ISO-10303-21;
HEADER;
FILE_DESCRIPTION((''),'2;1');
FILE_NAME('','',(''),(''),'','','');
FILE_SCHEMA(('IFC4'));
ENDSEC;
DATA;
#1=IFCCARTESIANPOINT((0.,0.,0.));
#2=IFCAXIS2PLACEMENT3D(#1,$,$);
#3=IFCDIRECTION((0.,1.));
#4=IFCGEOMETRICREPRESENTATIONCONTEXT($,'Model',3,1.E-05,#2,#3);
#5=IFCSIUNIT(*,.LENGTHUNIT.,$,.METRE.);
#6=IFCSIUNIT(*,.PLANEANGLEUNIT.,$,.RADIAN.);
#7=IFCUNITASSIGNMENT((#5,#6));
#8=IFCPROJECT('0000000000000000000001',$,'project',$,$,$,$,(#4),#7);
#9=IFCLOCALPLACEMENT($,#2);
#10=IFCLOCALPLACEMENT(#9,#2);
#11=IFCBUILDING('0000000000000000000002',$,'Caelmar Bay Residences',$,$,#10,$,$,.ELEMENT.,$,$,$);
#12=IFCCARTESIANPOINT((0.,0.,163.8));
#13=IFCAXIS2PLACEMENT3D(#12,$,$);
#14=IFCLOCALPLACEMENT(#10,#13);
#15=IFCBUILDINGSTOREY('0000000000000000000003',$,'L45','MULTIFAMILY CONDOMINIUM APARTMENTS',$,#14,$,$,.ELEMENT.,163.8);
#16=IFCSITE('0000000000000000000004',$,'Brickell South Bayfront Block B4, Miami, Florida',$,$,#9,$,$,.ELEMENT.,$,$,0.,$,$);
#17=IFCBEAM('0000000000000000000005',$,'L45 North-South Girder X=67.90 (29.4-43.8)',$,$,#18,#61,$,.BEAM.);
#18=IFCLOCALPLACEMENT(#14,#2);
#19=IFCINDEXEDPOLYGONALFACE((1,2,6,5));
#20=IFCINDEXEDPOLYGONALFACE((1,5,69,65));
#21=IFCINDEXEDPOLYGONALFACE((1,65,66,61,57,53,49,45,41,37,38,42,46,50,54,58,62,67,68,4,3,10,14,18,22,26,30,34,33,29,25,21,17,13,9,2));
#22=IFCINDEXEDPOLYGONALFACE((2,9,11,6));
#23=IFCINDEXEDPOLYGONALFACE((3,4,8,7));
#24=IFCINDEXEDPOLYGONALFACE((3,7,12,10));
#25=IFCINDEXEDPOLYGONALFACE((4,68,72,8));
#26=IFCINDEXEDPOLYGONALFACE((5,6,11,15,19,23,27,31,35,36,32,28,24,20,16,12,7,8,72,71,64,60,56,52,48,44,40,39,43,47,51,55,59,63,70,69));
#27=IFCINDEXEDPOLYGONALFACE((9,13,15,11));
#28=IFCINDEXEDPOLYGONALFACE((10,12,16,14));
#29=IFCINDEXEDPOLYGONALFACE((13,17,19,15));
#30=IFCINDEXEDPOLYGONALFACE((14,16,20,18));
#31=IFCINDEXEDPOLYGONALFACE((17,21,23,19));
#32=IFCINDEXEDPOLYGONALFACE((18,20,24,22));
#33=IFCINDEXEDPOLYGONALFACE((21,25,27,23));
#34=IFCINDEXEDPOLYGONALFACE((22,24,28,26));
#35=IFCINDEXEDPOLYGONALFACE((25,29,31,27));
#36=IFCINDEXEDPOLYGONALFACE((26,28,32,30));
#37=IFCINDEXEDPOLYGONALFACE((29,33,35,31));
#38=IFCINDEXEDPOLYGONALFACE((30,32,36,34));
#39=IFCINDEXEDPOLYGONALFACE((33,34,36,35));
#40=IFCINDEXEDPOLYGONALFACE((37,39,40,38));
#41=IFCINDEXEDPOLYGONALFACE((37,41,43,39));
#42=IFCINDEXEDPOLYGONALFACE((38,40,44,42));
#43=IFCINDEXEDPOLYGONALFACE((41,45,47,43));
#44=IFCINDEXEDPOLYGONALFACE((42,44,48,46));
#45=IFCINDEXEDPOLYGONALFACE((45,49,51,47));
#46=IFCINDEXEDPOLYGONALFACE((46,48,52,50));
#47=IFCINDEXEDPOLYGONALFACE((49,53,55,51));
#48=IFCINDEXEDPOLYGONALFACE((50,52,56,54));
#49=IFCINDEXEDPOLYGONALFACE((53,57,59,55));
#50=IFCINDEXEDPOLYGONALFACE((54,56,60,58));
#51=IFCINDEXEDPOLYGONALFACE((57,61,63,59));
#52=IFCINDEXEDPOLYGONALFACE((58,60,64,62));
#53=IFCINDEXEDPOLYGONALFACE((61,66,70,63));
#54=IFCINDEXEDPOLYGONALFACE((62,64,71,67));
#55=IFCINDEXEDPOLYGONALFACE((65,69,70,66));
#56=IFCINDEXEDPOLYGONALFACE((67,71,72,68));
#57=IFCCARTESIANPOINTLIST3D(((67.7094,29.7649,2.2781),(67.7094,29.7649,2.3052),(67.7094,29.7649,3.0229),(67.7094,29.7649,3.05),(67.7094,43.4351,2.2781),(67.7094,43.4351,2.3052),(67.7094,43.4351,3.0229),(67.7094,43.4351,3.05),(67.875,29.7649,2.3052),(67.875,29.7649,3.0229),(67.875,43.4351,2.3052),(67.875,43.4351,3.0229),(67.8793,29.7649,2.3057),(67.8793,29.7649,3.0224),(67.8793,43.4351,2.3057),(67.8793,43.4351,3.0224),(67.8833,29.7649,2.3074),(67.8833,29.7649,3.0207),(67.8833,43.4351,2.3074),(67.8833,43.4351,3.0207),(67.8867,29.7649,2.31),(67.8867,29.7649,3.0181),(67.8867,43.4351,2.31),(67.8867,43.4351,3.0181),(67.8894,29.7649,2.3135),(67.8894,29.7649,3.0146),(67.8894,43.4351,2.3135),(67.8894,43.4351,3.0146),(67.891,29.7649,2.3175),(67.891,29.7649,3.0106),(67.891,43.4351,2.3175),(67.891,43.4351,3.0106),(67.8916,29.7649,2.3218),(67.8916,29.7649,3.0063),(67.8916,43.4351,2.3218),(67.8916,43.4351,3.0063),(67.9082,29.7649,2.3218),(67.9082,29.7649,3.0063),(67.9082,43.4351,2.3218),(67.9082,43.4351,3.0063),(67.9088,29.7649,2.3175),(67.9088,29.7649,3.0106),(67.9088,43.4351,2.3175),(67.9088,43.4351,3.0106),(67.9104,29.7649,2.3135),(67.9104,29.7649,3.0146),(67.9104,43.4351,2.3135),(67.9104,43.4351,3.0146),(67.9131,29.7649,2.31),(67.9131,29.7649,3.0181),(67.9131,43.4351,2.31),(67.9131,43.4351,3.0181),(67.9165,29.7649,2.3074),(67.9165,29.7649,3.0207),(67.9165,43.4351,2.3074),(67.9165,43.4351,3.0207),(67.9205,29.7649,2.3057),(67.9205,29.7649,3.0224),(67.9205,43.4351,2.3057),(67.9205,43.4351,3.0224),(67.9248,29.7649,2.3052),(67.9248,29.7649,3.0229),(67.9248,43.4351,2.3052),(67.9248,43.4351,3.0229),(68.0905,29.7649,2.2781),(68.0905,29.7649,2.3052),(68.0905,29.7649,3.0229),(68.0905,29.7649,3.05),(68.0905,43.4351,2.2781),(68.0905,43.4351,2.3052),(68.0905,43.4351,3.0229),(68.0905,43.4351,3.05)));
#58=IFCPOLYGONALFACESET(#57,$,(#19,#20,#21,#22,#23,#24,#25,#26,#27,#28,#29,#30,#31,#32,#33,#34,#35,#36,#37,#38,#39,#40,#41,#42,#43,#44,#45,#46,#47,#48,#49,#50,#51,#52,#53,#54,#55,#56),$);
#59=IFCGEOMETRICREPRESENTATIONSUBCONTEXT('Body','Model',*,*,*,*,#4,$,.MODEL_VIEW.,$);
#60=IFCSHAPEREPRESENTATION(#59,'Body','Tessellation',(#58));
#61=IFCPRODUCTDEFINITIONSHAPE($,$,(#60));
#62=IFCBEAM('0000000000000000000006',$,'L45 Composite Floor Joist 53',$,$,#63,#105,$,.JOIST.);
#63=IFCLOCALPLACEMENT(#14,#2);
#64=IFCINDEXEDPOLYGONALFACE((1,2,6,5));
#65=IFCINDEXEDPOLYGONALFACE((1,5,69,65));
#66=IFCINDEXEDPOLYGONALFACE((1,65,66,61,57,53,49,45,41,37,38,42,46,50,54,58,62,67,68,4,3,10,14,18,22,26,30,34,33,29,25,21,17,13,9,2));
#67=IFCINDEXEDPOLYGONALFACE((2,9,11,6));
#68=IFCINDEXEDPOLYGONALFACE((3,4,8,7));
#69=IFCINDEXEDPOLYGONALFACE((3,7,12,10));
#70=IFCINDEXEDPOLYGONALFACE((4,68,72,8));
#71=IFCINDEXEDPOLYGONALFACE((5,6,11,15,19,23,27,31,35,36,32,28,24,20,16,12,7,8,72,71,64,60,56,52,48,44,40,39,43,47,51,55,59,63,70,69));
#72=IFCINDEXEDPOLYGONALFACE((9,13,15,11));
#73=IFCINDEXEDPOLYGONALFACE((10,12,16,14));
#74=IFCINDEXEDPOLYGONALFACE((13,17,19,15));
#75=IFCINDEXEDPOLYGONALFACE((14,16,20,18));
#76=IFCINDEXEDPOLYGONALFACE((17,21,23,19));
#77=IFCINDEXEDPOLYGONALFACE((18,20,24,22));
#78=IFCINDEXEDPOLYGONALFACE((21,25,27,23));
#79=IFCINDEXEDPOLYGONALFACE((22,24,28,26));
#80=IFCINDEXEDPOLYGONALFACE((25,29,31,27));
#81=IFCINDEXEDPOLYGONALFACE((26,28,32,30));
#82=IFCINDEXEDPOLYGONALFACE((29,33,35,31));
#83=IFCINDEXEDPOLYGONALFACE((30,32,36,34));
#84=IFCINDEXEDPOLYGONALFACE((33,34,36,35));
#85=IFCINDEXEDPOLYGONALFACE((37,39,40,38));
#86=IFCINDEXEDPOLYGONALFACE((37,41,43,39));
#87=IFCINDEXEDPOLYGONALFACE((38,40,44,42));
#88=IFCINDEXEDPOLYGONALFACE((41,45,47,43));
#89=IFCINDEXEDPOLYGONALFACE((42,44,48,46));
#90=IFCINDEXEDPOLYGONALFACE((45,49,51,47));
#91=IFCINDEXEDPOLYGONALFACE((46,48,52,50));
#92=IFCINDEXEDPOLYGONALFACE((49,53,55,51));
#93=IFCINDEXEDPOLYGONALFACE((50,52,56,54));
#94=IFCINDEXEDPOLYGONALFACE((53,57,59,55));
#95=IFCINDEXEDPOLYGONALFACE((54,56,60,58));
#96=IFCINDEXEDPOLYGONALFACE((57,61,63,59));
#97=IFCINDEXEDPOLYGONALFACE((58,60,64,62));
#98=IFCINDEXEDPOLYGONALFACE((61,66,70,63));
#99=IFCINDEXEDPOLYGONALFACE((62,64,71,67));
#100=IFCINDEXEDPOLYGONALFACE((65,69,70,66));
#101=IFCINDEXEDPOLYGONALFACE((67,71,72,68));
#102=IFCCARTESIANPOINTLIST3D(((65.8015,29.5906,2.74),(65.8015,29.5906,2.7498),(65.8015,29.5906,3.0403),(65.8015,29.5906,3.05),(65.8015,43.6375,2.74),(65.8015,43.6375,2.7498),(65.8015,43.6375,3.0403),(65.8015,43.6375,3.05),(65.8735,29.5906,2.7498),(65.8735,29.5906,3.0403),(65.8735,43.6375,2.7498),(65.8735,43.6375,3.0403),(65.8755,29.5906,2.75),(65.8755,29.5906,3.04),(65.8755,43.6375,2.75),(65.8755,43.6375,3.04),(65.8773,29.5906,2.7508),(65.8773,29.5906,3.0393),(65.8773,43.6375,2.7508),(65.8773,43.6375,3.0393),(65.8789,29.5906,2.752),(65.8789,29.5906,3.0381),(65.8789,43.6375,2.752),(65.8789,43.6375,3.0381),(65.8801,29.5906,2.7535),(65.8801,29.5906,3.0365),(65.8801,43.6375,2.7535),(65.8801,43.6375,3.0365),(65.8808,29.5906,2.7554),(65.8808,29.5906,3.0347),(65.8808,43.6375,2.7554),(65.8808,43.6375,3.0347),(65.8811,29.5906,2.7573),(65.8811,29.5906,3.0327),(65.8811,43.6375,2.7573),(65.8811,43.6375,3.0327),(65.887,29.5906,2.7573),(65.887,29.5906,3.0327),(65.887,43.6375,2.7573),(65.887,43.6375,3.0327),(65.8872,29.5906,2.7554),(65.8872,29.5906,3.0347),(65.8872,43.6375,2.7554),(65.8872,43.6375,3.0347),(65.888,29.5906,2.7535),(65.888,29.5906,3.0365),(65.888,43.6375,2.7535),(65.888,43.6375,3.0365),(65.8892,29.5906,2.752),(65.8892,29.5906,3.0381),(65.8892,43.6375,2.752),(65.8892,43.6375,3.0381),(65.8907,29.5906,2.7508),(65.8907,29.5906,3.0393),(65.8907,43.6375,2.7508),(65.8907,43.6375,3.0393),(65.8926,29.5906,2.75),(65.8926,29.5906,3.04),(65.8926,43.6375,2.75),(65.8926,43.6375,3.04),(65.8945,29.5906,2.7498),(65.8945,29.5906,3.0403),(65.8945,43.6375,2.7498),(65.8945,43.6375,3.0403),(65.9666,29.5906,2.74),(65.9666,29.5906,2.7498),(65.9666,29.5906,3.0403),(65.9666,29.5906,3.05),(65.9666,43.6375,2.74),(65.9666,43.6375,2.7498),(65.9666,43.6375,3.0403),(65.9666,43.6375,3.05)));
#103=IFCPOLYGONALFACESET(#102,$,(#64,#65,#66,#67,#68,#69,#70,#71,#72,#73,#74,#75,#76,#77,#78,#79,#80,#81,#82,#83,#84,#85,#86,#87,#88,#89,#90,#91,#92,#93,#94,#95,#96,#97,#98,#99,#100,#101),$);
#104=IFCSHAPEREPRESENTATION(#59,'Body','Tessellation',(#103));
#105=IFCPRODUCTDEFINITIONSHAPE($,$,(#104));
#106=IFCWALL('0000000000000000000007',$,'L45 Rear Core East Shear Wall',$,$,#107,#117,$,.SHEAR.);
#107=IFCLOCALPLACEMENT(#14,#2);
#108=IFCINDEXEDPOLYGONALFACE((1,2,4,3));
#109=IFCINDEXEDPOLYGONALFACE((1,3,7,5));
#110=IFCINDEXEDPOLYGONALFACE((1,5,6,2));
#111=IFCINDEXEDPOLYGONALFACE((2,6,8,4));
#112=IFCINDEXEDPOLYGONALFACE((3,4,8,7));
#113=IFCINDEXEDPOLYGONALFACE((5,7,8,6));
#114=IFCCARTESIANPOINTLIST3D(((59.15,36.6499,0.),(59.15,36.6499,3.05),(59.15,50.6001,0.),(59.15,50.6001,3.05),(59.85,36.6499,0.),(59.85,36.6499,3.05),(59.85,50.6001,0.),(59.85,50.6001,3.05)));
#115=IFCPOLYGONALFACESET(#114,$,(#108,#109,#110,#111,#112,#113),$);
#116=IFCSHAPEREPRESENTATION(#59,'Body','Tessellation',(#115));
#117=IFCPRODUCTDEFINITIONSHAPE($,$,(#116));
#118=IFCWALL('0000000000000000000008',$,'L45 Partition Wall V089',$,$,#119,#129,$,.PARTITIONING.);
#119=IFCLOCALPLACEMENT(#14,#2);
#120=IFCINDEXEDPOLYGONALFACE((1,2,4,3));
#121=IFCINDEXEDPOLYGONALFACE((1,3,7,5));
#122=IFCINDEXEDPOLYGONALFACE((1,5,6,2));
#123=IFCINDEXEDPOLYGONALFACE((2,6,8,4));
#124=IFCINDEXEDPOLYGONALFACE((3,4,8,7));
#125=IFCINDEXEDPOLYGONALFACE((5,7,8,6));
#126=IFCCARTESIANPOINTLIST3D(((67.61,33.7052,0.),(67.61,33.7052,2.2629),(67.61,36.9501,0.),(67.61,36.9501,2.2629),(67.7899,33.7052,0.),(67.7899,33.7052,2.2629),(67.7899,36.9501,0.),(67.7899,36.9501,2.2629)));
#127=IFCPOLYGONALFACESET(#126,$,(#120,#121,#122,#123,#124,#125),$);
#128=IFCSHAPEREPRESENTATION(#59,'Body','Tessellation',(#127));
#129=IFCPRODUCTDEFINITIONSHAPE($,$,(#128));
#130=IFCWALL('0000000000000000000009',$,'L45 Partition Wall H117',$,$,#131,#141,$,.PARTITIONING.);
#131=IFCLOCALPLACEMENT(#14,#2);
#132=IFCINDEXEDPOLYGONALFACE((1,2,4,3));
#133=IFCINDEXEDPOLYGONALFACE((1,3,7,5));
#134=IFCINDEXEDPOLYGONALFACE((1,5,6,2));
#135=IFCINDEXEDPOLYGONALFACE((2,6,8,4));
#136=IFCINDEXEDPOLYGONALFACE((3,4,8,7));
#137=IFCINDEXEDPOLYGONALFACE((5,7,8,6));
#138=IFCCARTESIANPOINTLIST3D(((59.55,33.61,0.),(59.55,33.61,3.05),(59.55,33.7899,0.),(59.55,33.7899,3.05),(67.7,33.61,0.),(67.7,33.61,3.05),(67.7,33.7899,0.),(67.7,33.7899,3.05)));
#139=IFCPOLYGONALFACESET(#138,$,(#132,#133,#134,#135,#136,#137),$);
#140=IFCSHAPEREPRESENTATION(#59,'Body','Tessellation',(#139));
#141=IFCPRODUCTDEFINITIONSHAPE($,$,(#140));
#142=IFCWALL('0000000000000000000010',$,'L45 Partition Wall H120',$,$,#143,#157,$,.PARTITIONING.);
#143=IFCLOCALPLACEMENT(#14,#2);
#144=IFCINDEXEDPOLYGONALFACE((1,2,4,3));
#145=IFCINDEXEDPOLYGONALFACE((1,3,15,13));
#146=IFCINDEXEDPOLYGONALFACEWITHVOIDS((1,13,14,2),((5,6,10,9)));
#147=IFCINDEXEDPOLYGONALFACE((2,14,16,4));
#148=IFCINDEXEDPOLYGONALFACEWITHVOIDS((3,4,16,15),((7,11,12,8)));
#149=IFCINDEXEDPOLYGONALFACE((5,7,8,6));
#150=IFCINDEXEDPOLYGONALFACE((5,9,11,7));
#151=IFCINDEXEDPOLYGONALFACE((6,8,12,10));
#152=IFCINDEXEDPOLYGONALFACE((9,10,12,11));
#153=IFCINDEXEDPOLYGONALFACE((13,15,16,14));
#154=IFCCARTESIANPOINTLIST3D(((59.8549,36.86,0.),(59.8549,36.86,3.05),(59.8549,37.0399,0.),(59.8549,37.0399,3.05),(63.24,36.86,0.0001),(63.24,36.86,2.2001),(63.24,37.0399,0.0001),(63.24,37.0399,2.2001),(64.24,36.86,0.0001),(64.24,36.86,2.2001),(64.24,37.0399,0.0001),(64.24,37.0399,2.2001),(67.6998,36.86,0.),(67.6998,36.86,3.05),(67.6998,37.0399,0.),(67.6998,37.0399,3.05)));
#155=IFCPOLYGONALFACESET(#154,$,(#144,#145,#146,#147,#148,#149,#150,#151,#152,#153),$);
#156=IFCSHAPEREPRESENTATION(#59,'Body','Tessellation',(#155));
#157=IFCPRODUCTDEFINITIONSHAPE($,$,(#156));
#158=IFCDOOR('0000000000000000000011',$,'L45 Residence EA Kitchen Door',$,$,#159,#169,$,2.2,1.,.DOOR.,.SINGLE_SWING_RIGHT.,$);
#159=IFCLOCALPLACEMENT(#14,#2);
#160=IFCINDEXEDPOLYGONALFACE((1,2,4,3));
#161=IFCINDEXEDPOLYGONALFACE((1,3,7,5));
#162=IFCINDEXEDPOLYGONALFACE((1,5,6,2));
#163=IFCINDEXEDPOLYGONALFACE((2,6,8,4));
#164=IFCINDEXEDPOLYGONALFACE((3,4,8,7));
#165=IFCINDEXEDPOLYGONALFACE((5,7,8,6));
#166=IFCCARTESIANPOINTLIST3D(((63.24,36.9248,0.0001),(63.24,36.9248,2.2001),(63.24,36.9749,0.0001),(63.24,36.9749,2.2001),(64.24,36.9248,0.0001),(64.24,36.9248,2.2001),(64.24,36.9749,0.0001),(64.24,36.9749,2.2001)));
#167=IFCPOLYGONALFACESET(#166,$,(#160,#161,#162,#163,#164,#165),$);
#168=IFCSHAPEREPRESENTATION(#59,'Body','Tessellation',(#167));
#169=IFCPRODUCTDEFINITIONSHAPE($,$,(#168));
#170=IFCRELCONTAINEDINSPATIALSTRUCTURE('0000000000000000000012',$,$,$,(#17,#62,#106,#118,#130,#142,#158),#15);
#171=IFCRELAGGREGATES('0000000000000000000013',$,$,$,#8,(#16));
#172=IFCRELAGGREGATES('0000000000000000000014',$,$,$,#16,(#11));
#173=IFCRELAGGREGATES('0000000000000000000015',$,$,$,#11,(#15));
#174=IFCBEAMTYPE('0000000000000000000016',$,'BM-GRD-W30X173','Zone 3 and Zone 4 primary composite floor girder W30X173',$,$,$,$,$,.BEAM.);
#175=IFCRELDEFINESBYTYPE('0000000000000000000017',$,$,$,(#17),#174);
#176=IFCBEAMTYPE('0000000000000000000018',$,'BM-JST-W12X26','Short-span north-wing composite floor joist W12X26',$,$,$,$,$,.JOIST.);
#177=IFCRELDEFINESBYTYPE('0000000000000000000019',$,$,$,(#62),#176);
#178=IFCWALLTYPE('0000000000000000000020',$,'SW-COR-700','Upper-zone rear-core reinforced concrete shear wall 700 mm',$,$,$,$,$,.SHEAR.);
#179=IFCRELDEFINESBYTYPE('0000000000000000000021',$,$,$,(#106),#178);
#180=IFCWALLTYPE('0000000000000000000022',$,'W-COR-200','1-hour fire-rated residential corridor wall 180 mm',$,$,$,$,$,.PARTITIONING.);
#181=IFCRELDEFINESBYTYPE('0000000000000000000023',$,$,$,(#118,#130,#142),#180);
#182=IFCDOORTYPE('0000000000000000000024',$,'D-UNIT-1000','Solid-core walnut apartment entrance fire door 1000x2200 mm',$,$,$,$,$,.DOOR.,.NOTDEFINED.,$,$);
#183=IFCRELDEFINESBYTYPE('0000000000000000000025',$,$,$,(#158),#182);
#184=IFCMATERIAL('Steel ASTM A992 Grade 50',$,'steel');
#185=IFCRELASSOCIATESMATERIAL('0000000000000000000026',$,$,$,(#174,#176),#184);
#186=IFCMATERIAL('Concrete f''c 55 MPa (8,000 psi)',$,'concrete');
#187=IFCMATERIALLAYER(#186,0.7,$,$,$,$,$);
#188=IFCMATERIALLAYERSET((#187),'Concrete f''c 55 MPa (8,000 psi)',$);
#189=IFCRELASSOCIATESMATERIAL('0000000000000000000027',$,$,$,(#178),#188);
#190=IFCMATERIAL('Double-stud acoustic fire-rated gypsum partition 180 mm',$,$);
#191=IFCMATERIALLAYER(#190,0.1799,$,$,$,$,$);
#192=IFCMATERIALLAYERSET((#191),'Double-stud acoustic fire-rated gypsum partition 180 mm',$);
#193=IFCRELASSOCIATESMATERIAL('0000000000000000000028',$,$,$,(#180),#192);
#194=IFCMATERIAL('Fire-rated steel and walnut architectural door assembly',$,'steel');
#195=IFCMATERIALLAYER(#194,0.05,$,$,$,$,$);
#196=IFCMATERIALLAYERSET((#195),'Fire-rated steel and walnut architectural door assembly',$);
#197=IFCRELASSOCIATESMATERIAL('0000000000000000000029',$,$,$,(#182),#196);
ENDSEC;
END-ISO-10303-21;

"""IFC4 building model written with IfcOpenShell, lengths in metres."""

from ifc_helpers import new_model, si_unit, direction, frame, frame_2d, origin, origin_2d, place, context, subcontext, project, spatial, rectangle, i_section, extrude, material, layer, layer_set, material_profile, profile_set, type_object, element, fill, save


model = new_model("IFC4")

# Units and contexts
model_context = context("Model", 3, precision=1e-05, world=origin(), true_north=direction((0.0, 1.0)))
body_context = subcontext(model_context, "Body", "Model", "MODEL_VIEW")
ifc_project = project(units=[si_unit("LENGTHUNIT", "METRE"), si_unit("PLANEANGLEUNIT", "RADIAN")], contexts=[model_context])

# Site, building, storey
site_placement = place(None, origin())
site = spatial("IfcSite", under=ifc_project, at=site_placement, Name="Brickell South Bayfront Block B4, Miami, Florida", CompositionType="ELEMENT", RefElevation=0.0)
building_placement = place(site_placement, origin())
building = spatial("IfcBuilding", under=site, at=building_placement, Name="Caelmar Bay Residences", CompositionType="ELEMENT")
storey_placement = place(building_placement, frame((0.0, 0.0, 163.8)))
storey = spatial("IfcBuildingStorey", under=building, at=storey_placement, Name="L45", Description="MULTIFAMILY CONDOMINIUM APARTMENTS", CompositionType="ELEMENT", Elevation=163.8)

# Beams
ifc_material_1 = material(Name="Steel ASTM A992 Grade 50", Category="steel")
ifc_material_profile_1 = material_profile(ifc_material_1, i_section(OverallWidth=0.3811, OverallDepth=0.772, WebThickness=0.0166, FlangeThickness=0.0271, FilletRadius=0.0166, at=origin_2d()), Name="W30X173")
ifc_profile_set_1 = profile_set([ifc_material_profile_1], Name="Steel ASTM A992 Grade 50")
beam_type_1 = type_object("IfcBeamType", Name="BM-GRD-W30X173", Description="Zone 3 and Zone 4 primary composite floor girder W30X173", PredefinedType="BEAM", material=ifc_profile_set_1)
beam_1_placement = place(storey_placement, frame((67.8999, 29.7649, 2.6641), z_axis=(0.0, 1.0, 0.0), x_axis=(-1.0, 0.0, 0.0)))
element("IfcBeam", 1, at=beam_1_placement, inside=storey, type_object=beam_type_1, Name="L45 North-South Girder X=67.90 (29.4-43.8)", PredefinedType="BEAM", context=body_context, shape_type="SweptSolid", body=[
    extrude(i_section(OverallWidth=0.3811, OverallDepth=0.772, WebThickness=0.0166, FlangeThickness=0.0271, FilletRadius=0.0166, at=origin_2d()), origin(), (0.0, 0.0, 1.0), 13.6702),
])
ifc_material_profile_2 = material_profile(ifc_material_1, i_section(OverallWidth=0.165, OverallDepth=0.3101, WebThickness=0.0059, FlangeThickness=0.0098, FilletRadius=0.0076, at=origin_2d()), Name="W12X26")
ifc_profile_set_2 = profile_set([ifc_material_profile_2], Name="Steel ASTM A992 Grade 50")
beam_type_2 = type_object("IfcBeamType", Name="BM-JST-W12X26", Description="Short-span north-wing composite floor joist W12X26", PredefinedType="JOIST", material=ifc_profile_set_2)
beam_2_placement = place(storey_placement, frame((65.884, 29.5906, 2.895), z_axis=(0.0, 1.0, 0.0), x_axis=(-1.0, 0.0, 0.0)))
element("IfcBeam", 2, at=beam_2_placement, inside=storey, type_object=beam_type_2, Name="L45 Composite Floor Joist 53", PredefinedType="JOIST", context=body_context, shape_type="SweptSolid", body=[
    extrude(i_section(OverallWidth=0.165, OverallDepth=0.3101, WebThickness=0.0059, FlangeThickness=0.0098, FilletRadius=0.0076, at=origin_2d()), origin(), (0.0, 0.0, 1.0), 14.0469),
])

# Walls
ifc_material_2 = material(Name="Concrete f'c 55 MPa (8,000 psi)", Category="concrete")
ifc_layer_1 = layer(ifc_material_2, 0.7)
ifc_layer_set_1 = layer_set([ifc_layer_1], Name="Concrete f'c 55 MPa (8,000 psi)")
wall_type_1 = type_object("IfcWallType", Name="SW-COR-700", Description="Upper-zone rear-core reinforced concrete shear wall 700 mm", PredefinedType="SHEAR", material=ifc_layer_set_1)
wall_1_placement = place(storey_placement, frame((59.5, 36.6499, 0.0), z_axis=(0.0, 0.0, 1.0), x_axis=(0.0, 1.0, 0.0)))
element("IfcWall", 3, at=wall_1_placement, inside=storey, type_object=wall_type_1, Name="L45 Rear Core East Shear Wall", PredefinedType="SHEAR", context=body_context, shape_type="SweptSolid", body=[
    extrude(rectangle(XDim=13.9502, YDim=0.7, at=frame_2d((6.9751, 0.0))), origin(), (0.0, 0.0, 1.0), 3.05),
])
ifc_material_3 = material(Name="Double-stud acoustic fire-rated gypsum partition 180 mm")
ifc_layer_2 = layer(ifc_material_3, 0.1799)
ifc_layer_set_2 = layer_set([ifc_layer_2], Name="Double-stud acoustic fire-rated gypsum partition 180 mm")
wall_type_2 = type_object("IfcWallType", Name="W-COR-200", Description="1-hour fire-rated residential corridor wall 180 mm", PredefinedType="PARTITIONING", material=ifc_layer_set_2)
wall_2_placement = place(storey_placement, frame((67.7, 33.7051, 0.0), z_axis=(0.0, 0.0, 1.0), x_axis=(0.0, 1.0, 0.0)))
element("IfcWall", 4, at=wall_2_placement, inside=storey, type_object=wall_type_2, Name="L45 Partition Wall V089", PredefinedType="PARTITIONING", context=body_context, shape_type="SweptSolid", body=[
    extrude(rectangle(XDim=3.2449, YDim=0.1799, at=frame_2d((1.6226, 0.0))), origin(), (0.0, 0.0, 1.0), 2.2629),
])
wall_3_placement = place(storey_placement, frame((59.55, 33.7, 0.0), z_axis=(0.0, 0.0, 1.0), x_axis=(1.0, 0.0, 0.0)))
element("IfcWall", 5, at=wall_3_placement, inside=storey, type_object=wall_type_2, Name="L45 Partition Wall H117", PredefinedType="PARTITIONING", context=body_context, shape_type="SweptSolid", body=[
    extrude(rectangle(XDim=8.1499, YDim=0.1799, at=frame_2d((4.075, 0.0))), origin(), (0.0, 0.0, 1.0), 3.05),
])

# Wall, opening, door
wall_4_placement = place(storey_placement, frame((59.855, 36.95, 0.0), z_axis=(0.0, 0.0, 1.0), x_axis=(1.0, 0.0, 0.0)))
wall_4 = element("IfcWall", 6, at=wall_4_placement, inside=storey, type_object=wall_type_2, Name="L45 Partition Wall H120", PredefinedType="PARTITIONING", context=body_context, shape_type="SweptSolid", body=[
    extrude(rectangle(XDim=7.845, YDim=0.1799, at=frame_2d((3.9224, 0.0))), origin(), (0.0, 0.0, 1.0), 3.05),
])
opening_1_placement = place(wall_4_placement, frame((3.385, 0.0, 0.0)))
opening_1 = element("IfcOpeningElement", 7, at=opening_1_placement, cuts=wall_4, PredefinedType="OPENING", context=body_context, shape_type="SweptSolid", body=[
    extrude(rectangle(XDim=1.0, YDim=2.2, at=frame_2d((0.5, 1.1001))), frame((0.0, 0.0999, 0.0), z_axis=(0.0, -1.0, 0.0), x_axis=(1.0, 0.0, 0.0)), (0.0, 0.0, 1.0), 0.2),
])
ifc_material_4 = material(Name="Fire-rated steel and walnut architectural door assembly", Category="steel")
ifc_layer_3 = layer(ifc_material_4, 0.05)
ifc_layer_set_3 = layer_set([ifc_layer_3], Name="Fire-rated steel and walnut architectural door assembly")
door_type_1 = type_object("IfcDoorType", Name="D-UNIT-1000", Description="Solid-core walnut apartment entrance fire door 1000x2200 mm", OperationType="NOTDEFINED", PredefinedType="DOOR", material=ifc_layer_set_3)
door_1_placement = place(opening_1_placement, origin())
door_1 = element("IfcDoor", 8, at=door_1_placement, inside=storey, type_object=door_type_1, Name="L45 Residence EA Kitchen Door", OperationType="SINGLE_SWING_RIGHT", OverallHeight=2.2, OverallWidth=1.0, PredefinedType="DOOR", context=body_context, shape_type="SweptSolid", body=[
    extrude(rectangle(XDim=1.0, YDim=2.2, at=frame_2d((0.5, 1.1001))), frame((0.0, 0.0249, 0.0), z_axis=(0.0, -1.0, 0.0), x_axis=(1.0, 0.0, 0.0)), (0.0, 0.0, 1.0), 0.05),
])
fill(opening_1, door_1)

save(model, "model.ifc")
